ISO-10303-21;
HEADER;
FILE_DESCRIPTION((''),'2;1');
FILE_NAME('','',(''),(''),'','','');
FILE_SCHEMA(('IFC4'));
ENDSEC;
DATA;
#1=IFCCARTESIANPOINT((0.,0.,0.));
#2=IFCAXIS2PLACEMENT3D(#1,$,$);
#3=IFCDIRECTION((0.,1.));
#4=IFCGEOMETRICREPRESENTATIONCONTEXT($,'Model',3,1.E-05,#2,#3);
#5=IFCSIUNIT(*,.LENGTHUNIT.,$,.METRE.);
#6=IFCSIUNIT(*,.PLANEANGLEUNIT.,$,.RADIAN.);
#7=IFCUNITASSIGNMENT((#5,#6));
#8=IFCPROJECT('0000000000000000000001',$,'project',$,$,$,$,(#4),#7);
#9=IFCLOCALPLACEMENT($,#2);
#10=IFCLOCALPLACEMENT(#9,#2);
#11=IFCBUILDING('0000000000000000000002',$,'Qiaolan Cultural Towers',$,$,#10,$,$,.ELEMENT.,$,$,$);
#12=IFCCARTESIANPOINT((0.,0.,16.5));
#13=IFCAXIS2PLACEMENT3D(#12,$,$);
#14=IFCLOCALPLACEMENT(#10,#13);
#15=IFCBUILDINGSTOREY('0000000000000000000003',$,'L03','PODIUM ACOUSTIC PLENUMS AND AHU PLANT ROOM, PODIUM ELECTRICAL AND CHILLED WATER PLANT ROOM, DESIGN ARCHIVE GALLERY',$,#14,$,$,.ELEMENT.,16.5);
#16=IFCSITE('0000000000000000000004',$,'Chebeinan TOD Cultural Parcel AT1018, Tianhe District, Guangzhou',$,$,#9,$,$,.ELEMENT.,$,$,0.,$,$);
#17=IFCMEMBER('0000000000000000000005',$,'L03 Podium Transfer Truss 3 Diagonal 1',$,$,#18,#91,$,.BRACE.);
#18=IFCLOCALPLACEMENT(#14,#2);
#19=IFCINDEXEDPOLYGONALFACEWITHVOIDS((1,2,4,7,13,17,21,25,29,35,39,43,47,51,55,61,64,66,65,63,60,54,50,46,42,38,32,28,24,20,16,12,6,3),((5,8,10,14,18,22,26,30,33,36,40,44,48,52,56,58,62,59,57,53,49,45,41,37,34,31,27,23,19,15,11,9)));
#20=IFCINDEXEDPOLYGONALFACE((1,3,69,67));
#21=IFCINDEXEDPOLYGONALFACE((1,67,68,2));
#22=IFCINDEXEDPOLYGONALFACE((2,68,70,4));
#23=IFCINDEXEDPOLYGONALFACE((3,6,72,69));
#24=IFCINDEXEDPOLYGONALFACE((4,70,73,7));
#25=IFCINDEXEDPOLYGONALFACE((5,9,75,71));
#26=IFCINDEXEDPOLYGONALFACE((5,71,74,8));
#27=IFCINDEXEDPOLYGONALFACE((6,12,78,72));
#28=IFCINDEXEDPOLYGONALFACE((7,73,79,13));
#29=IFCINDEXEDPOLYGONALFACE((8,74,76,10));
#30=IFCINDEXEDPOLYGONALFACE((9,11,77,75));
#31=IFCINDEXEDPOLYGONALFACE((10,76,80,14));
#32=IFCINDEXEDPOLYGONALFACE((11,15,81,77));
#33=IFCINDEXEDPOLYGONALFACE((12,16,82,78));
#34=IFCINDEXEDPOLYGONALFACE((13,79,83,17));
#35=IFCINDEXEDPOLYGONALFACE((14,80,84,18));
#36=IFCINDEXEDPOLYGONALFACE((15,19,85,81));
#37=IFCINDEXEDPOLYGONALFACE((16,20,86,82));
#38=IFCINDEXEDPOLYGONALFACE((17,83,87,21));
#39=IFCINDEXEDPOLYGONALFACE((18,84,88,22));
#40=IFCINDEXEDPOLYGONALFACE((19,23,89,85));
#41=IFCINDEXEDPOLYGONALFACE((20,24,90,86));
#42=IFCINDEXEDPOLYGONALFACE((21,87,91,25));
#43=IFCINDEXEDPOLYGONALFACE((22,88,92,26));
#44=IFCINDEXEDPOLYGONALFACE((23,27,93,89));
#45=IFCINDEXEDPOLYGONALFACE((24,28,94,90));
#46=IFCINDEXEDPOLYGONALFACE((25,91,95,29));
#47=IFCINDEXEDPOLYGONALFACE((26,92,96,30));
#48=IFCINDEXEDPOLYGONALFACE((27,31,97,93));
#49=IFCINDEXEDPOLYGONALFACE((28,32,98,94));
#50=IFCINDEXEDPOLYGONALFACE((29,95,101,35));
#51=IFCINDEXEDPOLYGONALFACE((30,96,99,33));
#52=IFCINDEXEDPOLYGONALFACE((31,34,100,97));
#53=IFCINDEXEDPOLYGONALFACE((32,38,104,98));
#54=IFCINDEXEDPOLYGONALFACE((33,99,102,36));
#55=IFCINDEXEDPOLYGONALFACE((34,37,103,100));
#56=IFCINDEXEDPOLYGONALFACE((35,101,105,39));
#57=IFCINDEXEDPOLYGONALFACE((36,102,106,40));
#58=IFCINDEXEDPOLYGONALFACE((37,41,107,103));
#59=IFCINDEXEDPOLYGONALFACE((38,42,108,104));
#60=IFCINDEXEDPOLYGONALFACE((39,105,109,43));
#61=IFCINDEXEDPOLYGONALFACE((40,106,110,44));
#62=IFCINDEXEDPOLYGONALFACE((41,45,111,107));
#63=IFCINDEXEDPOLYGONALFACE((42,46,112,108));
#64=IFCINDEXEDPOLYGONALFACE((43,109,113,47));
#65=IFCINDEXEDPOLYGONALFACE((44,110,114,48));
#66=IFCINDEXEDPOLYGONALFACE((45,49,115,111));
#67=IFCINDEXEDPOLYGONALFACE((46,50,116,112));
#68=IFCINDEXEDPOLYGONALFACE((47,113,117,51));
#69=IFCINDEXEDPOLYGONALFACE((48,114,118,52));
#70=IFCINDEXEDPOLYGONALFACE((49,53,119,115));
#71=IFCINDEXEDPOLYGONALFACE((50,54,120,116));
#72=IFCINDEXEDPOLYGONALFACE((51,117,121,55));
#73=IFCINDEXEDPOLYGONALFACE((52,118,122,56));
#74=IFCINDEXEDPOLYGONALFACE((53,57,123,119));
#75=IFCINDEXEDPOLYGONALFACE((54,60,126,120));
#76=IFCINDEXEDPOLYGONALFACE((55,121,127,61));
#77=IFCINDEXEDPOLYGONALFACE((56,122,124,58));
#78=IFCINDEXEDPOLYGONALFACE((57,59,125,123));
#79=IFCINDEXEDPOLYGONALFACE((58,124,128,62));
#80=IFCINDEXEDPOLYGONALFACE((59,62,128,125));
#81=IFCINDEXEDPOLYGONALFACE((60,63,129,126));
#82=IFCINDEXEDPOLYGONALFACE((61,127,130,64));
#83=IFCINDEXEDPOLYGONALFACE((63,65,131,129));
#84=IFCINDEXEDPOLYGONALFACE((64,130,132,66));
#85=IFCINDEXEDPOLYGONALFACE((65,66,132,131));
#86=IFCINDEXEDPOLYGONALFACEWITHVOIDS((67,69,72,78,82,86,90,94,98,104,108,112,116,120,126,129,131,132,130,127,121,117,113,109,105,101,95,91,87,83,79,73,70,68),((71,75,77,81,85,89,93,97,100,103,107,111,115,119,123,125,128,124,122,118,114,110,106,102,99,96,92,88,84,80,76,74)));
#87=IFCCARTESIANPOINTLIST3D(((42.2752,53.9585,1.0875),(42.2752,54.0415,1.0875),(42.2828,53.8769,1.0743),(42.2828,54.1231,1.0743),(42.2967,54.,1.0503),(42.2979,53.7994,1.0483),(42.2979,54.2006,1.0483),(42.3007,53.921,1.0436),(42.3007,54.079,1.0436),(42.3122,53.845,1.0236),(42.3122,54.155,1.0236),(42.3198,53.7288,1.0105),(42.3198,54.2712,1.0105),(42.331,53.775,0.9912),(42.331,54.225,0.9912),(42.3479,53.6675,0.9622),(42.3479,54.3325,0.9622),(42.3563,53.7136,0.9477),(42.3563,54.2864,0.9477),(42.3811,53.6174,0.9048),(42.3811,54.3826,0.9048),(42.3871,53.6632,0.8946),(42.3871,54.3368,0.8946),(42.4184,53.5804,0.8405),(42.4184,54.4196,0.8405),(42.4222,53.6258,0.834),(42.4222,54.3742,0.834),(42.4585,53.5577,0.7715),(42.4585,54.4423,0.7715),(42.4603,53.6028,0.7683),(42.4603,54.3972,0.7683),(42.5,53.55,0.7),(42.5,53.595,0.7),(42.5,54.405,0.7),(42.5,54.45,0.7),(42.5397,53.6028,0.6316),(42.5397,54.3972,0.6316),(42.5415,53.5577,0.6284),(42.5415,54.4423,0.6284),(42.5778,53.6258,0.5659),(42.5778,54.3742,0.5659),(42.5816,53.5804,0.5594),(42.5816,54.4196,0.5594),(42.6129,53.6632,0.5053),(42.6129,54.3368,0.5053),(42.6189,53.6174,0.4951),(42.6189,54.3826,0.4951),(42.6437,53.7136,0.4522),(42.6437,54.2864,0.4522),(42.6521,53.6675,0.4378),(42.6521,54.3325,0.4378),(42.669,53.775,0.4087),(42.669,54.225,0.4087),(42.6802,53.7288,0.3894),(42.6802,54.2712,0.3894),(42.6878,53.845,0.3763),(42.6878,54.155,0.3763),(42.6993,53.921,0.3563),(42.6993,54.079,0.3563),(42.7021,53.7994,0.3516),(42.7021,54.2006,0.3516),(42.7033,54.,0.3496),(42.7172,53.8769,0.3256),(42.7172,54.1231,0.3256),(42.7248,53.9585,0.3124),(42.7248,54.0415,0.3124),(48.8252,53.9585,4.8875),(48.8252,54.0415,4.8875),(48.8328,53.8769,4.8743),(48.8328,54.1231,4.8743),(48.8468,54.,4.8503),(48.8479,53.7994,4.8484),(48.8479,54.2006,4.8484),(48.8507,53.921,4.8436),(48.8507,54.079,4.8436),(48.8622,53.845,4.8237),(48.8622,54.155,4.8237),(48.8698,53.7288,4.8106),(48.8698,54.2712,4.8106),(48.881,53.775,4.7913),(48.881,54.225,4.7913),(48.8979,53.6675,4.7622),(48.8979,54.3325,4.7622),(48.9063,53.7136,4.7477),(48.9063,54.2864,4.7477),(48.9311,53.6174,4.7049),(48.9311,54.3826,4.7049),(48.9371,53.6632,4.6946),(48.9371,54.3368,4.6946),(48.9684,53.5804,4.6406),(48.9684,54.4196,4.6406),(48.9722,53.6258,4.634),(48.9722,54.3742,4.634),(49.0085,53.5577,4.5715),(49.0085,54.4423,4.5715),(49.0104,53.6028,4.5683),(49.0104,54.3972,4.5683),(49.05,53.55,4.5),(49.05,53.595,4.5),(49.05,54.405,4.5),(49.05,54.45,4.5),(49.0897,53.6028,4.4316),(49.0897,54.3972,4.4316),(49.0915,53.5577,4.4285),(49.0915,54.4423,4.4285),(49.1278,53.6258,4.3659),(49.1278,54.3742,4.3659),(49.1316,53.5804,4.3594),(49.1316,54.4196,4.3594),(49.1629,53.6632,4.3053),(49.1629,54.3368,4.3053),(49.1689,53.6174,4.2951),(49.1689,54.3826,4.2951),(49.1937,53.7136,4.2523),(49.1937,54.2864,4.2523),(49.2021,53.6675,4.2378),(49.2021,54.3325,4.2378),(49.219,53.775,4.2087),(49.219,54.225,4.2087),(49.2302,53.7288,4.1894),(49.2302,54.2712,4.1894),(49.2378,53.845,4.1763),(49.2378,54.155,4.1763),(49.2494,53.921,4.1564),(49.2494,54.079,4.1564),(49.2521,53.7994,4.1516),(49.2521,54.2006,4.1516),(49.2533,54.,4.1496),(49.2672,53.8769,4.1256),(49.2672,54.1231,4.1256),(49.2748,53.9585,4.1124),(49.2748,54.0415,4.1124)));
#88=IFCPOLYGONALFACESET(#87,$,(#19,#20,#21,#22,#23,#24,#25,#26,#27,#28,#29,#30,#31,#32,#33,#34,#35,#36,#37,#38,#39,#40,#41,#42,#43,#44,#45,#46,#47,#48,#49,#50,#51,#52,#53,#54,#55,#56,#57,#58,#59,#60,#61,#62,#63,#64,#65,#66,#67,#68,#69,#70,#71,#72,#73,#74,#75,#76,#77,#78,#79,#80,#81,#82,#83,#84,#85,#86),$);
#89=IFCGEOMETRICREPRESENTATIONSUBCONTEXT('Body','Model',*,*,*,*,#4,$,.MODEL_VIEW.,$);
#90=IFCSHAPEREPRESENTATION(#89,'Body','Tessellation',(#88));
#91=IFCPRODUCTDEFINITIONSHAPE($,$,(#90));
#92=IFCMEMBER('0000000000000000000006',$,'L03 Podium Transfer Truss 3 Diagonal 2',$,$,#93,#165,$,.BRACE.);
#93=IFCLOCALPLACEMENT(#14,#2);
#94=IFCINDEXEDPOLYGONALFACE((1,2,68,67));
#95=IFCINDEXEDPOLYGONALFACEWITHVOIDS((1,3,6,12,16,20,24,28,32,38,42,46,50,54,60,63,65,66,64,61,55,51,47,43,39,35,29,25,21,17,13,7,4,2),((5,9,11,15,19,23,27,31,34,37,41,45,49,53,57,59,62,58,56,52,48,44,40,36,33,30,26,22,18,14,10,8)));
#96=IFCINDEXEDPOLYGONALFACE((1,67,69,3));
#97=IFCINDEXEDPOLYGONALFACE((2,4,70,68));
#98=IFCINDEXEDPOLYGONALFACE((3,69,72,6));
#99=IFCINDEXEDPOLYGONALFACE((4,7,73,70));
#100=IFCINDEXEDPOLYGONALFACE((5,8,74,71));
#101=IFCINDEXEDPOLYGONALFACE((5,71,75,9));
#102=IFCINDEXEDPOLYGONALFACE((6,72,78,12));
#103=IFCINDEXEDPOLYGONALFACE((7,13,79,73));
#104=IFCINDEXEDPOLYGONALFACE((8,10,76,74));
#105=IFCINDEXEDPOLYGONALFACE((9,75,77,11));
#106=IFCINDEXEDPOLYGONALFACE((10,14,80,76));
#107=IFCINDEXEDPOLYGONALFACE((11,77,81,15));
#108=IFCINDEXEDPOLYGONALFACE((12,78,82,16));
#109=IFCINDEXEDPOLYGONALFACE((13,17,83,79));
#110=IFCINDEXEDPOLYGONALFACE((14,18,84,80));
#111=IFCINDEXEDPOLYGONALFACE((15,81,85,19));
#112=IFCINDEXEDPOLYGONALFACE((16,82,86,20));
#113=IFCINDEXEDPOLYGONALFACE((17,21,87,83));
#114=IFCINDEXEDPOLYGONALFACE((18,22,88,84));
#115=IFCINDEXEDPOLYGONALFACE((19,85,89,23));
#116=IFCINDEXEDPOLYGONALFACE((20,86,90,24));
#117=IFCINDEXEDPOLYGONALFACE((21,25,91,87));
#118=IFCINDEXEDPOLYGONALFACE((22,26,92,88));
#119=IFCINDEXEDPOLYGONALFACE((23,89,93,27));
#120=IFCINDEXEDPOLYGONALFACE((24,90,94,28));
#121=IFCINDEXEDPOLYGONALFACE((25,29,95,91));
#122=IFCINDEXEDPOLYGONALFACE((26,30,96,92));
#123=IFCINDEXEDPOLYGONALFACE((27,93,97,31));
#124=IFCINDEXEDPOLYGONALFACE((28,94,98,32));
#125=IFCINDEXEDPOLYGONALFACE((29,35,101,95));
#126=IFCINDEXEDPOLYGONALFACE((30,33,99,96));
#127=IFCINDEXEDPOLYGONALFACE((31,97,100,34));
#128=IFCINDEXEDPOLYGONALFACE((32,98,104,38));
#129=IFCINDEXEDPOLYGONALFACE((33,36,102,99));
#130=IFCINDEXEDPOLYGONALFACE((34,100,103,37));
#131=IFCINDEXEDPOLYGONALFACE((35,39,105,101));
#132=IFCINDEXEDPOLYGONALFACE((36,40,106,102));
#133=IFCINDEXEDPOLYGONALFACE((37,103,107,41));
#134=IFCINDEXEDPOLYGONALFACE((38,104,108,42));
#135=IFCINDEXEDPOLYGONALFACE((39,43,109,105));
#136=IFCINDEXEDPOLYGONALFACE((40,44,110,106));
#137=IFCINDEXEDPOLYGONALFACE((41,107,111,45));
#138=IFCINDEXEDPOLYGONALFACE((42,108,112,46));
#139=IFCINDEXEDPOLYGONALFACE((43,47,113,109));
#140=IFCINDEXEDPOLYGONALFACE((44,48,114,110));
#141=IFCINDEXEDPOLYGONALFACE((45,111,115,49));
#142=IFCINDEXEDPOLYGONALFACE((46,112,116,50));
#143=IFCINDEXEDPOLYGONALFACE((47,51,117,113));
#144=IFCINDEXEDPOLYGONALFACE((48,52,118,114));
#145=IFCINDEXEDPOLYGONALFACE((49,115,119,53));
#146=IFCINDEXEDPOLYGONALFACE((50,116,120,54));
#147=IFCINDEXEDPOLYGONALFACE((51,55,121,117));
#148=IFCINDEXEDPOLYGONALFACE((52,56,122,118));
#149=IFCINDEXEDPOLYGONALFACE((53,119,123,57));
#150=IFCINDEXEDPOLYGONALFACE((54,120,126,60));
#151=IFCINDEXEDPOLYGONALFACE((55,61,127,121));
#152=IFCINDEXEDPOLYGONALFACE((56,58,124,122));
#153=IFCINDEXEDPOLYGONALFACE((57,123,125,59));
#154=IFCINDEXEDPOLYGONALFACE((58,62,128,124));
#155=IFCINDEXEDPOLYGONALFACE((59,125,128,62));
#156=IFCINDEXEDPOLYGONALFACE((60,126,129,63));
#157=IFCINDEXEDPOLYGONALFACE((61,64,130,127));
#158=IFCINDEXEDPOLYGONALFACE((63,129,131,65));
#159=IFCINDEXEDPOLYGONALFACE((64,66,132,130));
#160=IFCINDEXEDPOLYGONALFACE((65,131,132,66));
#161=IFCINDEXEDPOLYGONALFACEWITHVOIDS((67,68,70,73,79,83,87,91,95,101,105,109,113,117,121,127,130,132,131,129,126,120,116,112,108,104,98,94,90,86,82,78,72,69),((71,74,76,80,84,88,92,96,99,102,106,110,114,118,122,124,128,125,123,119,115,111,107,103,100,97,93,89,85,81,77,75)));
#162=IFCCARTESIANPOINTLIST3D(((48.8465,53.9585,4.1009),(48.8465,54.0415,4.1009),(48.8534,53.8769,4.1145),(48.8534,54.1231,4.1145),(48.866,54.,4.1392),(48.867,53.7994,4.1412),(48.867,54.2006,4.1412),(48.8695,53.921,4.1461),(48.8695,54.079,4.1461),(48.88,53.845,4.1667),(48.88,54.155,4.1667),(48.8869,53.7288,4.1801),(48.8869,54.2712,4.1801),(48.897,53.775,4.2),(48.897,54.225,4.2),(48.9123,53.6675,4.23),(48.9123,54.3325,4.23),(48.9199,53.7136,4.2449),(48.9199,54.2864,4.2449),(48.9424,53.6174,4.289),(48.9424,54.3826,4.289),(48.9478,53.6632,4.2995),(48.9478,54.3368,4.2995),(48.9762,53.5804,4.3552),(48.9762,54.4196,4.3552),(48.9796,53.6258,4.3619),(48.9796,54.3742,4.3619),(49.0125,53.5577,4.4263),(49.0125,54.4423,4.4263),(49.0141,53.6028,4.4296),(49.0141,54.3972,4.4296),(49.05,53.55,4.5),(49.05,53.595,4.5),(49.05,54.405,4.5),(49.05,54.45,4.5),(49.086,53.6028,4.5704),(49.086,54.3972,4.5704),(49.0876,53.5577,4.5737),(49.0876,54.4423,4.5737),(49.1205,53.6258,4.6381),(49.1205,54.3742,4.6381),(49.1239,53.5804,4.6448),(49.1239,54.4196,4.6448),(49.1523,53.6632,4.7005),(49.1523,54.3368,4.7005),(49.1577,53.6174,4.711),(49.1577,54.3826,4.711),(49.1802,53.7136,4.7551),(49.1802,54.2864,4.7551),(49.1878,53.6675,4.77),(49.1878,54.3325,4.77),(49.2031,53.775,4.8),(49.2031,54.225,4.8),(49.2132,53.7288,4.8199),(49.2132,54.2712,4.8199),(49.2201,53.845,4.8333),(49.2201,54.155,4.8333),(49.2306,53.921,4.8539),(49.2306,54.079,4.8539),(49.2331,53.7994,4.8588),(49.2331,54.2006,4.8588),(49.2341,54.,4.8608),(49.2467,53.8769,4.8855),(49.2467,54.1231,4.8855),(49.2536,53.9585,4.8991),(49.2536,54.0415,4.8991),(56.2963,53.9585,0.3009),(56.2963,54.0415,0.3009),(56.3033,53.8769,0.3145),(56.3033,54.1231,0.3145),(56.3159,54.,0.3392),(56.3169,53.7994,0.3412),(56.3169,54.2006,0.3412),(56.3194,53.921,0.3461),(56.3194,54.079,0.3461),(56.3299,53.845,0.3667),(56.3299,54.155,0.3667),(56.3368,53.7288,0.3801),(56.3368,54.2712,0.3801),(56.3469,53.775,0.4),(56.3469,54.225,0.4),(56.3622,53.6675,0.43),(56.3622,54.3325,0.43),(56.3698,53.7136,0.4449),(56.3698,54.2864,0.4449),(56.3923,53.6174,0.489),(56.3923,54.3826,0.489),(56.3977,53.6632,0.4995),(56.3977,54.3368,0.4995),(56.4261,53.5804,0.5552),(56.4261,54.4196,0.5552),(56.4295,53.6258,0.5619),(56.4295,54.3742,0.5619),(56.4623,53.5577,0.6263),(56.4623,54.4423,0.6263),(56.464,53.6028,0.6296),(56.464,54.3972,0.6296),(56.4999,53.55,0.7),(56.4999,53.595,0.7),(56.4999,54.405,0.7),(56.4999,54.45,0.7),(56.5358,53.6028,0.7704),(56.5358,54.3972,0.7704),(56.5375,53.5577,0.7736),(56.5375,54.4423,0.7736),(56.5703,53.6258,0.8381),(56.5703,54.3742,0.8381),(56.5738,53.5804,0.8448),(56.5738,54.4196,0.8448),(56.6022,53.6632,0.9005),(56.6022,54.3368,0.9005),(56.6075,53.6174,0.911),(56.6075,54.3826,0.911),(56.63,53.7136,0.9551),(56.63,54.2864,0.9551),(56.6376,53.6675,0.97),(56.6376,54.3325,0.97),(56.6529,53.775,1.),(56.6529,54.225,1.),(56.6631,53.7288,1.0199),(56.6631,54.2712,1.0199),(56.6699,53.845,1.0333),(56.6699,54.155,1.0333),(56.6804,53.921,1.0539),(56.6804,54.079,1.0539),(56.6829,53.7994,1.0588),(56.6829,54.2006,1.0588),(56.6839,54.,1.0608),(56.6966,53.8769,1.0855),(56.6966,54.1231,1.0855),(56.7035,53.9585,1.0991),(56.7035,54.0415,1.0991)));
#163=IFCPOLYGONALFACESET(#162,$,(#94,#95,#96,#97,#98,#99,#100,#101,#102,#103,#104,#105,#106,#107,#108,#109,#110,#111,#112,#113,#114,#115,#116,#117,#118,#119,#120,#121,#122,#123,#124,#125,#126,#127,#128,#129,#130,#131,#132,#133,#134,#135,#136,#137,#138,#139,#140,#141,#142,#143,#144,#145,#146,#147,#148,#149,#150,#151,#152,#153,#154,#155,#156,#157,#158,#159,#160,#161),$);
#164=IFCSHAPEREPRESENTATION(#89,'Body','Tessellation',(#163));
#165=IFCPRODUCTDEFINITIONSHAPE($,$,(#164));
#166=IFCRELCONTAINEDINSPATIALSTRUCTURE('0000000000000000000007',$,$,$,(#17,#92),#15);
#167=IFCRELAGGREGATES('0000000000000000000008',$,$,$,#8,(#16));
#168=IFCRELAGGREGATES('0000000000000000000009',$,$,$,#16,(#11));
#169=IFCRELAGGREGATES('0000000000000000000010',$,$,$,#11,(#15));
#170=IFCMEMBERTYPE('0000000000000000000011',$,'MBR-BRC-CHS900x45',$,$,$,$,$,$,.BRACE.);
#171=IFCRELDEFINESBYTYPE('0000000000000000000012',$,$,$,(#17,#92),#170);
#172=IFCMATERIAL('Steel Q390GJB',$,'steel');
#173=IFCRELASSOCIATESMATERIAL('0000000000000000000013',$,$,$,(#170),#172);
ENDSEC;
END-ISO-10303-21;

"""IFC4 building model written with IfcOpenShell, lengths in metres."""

from ifc_helpers import new_model, si_unit, direction, frame, origin, origin_2d, place, context, subcontext, project, spatial, hollow_circle, extrude, material, material_profile, profile_set, type_object, element, save


model = new_model("IFC4")

# Units and contexts
model_context = context("Model", 3, precision=1e-05, world=origin(), true_north=direction((0.0, 1.0)))
body_context = subcontext(model_context, "Body", "Model", "MODEL_VIEW")
ifc_project = project(units=[si_unit("LENGTHUNIT", "METRE"), si_unit("PLANEANGLEUNIT", "RADIAN")], contexts=[model_context])

# Site, building, storey
site_placement = place(None, origin())
site = spatial("IfcSite", under=ifc_project, at=site_placement, Name="Chebeinan TOD Cultural Parcel AT1018, Tianhe District, Guangzhou", CompositionType="ELEMENT", RefElevation=0.0)
building_placement = place(site_placement, origin())
building = spatial("IfcBuilding", under=site, at=building_placement, Name="Qiaolan Cultural Towers", CompositionType="ELEMENT")
storey_placement = place(building_placement, frame((0.0, 0.0, 16.5)))
storey = spatial("IfcBuildingStorey", under=building, at=storey_placement, Name="L03", Description="PODIUM ACOUSTIC PLENUMS AND AHU PLANT ROOM, PODIUM ELECTRICAL AND CHILLED WATER PLANT ROOM, DESIGN ARCHIVE GALLERY", CompositionType="ELEMENT", Elevation=16.5)

# Members
ifc_material_1 = material(Name="Steel Q390GJB", Category="steel")
ifc_material_profile_1 = material_profile(ifc_material_1, hollow_circle(Radius=0.45, WallThickness=0.0449, at=origin_2d()), Name="CHS900x45")
ifc_profile_set_1 = profile_set([ifc_material_profile_1], Name="Steel Q390GJB")
member_type_1 = type_object("IfcMemberType", Name="MBR-BRC-CHS900x45", PredefinedType="BRACE", material=ifc_profile_set_1)
member_1_placement = place(storey_placement, frame((42.5, 54.0, 0.7), z_axis=(0.864973, 0.0, 0.501819), x_axis=(0.0, 1.0, 0.0)))
element("IfcMember", 1, at=member_1_placement, inside=storey, type_object=member_type_1, Name="L03 Podium Transfer Truss 3 Diagonal 1", PredefinedType="BRACE", context=body_context, shape_type="SweptSolid", body=[
    extrude(hollow_circle(Radius=0.45, WallThickness=0.0449, at=origin_2d()), origin(), (0.0, 0.0, 1.0), 7.5725),
])
member_2_placement = place(storey_placement, frame((49.05, 54.0, 4.5), z_axis=(0.890808, 0.0, -0.454381), x_axis=(0.0, 1.0, 0.0)))
element("IfcMember", 2, at=member_2_placement, inside=storey, type_object=member_type_1, Name="L03 Podium Transfer Truss 3 Diagonal 2", PredefinedType="BRACE", context=body_context, shape_type="SweptSolid", body=[
    extrude(hollow_circle(Radius=0.45, WallThickness=0.0449, at=origin_2d()), origin(), (0.0, 0.0, 1.0), 8.363),
])

save(model, "model.ifc")
